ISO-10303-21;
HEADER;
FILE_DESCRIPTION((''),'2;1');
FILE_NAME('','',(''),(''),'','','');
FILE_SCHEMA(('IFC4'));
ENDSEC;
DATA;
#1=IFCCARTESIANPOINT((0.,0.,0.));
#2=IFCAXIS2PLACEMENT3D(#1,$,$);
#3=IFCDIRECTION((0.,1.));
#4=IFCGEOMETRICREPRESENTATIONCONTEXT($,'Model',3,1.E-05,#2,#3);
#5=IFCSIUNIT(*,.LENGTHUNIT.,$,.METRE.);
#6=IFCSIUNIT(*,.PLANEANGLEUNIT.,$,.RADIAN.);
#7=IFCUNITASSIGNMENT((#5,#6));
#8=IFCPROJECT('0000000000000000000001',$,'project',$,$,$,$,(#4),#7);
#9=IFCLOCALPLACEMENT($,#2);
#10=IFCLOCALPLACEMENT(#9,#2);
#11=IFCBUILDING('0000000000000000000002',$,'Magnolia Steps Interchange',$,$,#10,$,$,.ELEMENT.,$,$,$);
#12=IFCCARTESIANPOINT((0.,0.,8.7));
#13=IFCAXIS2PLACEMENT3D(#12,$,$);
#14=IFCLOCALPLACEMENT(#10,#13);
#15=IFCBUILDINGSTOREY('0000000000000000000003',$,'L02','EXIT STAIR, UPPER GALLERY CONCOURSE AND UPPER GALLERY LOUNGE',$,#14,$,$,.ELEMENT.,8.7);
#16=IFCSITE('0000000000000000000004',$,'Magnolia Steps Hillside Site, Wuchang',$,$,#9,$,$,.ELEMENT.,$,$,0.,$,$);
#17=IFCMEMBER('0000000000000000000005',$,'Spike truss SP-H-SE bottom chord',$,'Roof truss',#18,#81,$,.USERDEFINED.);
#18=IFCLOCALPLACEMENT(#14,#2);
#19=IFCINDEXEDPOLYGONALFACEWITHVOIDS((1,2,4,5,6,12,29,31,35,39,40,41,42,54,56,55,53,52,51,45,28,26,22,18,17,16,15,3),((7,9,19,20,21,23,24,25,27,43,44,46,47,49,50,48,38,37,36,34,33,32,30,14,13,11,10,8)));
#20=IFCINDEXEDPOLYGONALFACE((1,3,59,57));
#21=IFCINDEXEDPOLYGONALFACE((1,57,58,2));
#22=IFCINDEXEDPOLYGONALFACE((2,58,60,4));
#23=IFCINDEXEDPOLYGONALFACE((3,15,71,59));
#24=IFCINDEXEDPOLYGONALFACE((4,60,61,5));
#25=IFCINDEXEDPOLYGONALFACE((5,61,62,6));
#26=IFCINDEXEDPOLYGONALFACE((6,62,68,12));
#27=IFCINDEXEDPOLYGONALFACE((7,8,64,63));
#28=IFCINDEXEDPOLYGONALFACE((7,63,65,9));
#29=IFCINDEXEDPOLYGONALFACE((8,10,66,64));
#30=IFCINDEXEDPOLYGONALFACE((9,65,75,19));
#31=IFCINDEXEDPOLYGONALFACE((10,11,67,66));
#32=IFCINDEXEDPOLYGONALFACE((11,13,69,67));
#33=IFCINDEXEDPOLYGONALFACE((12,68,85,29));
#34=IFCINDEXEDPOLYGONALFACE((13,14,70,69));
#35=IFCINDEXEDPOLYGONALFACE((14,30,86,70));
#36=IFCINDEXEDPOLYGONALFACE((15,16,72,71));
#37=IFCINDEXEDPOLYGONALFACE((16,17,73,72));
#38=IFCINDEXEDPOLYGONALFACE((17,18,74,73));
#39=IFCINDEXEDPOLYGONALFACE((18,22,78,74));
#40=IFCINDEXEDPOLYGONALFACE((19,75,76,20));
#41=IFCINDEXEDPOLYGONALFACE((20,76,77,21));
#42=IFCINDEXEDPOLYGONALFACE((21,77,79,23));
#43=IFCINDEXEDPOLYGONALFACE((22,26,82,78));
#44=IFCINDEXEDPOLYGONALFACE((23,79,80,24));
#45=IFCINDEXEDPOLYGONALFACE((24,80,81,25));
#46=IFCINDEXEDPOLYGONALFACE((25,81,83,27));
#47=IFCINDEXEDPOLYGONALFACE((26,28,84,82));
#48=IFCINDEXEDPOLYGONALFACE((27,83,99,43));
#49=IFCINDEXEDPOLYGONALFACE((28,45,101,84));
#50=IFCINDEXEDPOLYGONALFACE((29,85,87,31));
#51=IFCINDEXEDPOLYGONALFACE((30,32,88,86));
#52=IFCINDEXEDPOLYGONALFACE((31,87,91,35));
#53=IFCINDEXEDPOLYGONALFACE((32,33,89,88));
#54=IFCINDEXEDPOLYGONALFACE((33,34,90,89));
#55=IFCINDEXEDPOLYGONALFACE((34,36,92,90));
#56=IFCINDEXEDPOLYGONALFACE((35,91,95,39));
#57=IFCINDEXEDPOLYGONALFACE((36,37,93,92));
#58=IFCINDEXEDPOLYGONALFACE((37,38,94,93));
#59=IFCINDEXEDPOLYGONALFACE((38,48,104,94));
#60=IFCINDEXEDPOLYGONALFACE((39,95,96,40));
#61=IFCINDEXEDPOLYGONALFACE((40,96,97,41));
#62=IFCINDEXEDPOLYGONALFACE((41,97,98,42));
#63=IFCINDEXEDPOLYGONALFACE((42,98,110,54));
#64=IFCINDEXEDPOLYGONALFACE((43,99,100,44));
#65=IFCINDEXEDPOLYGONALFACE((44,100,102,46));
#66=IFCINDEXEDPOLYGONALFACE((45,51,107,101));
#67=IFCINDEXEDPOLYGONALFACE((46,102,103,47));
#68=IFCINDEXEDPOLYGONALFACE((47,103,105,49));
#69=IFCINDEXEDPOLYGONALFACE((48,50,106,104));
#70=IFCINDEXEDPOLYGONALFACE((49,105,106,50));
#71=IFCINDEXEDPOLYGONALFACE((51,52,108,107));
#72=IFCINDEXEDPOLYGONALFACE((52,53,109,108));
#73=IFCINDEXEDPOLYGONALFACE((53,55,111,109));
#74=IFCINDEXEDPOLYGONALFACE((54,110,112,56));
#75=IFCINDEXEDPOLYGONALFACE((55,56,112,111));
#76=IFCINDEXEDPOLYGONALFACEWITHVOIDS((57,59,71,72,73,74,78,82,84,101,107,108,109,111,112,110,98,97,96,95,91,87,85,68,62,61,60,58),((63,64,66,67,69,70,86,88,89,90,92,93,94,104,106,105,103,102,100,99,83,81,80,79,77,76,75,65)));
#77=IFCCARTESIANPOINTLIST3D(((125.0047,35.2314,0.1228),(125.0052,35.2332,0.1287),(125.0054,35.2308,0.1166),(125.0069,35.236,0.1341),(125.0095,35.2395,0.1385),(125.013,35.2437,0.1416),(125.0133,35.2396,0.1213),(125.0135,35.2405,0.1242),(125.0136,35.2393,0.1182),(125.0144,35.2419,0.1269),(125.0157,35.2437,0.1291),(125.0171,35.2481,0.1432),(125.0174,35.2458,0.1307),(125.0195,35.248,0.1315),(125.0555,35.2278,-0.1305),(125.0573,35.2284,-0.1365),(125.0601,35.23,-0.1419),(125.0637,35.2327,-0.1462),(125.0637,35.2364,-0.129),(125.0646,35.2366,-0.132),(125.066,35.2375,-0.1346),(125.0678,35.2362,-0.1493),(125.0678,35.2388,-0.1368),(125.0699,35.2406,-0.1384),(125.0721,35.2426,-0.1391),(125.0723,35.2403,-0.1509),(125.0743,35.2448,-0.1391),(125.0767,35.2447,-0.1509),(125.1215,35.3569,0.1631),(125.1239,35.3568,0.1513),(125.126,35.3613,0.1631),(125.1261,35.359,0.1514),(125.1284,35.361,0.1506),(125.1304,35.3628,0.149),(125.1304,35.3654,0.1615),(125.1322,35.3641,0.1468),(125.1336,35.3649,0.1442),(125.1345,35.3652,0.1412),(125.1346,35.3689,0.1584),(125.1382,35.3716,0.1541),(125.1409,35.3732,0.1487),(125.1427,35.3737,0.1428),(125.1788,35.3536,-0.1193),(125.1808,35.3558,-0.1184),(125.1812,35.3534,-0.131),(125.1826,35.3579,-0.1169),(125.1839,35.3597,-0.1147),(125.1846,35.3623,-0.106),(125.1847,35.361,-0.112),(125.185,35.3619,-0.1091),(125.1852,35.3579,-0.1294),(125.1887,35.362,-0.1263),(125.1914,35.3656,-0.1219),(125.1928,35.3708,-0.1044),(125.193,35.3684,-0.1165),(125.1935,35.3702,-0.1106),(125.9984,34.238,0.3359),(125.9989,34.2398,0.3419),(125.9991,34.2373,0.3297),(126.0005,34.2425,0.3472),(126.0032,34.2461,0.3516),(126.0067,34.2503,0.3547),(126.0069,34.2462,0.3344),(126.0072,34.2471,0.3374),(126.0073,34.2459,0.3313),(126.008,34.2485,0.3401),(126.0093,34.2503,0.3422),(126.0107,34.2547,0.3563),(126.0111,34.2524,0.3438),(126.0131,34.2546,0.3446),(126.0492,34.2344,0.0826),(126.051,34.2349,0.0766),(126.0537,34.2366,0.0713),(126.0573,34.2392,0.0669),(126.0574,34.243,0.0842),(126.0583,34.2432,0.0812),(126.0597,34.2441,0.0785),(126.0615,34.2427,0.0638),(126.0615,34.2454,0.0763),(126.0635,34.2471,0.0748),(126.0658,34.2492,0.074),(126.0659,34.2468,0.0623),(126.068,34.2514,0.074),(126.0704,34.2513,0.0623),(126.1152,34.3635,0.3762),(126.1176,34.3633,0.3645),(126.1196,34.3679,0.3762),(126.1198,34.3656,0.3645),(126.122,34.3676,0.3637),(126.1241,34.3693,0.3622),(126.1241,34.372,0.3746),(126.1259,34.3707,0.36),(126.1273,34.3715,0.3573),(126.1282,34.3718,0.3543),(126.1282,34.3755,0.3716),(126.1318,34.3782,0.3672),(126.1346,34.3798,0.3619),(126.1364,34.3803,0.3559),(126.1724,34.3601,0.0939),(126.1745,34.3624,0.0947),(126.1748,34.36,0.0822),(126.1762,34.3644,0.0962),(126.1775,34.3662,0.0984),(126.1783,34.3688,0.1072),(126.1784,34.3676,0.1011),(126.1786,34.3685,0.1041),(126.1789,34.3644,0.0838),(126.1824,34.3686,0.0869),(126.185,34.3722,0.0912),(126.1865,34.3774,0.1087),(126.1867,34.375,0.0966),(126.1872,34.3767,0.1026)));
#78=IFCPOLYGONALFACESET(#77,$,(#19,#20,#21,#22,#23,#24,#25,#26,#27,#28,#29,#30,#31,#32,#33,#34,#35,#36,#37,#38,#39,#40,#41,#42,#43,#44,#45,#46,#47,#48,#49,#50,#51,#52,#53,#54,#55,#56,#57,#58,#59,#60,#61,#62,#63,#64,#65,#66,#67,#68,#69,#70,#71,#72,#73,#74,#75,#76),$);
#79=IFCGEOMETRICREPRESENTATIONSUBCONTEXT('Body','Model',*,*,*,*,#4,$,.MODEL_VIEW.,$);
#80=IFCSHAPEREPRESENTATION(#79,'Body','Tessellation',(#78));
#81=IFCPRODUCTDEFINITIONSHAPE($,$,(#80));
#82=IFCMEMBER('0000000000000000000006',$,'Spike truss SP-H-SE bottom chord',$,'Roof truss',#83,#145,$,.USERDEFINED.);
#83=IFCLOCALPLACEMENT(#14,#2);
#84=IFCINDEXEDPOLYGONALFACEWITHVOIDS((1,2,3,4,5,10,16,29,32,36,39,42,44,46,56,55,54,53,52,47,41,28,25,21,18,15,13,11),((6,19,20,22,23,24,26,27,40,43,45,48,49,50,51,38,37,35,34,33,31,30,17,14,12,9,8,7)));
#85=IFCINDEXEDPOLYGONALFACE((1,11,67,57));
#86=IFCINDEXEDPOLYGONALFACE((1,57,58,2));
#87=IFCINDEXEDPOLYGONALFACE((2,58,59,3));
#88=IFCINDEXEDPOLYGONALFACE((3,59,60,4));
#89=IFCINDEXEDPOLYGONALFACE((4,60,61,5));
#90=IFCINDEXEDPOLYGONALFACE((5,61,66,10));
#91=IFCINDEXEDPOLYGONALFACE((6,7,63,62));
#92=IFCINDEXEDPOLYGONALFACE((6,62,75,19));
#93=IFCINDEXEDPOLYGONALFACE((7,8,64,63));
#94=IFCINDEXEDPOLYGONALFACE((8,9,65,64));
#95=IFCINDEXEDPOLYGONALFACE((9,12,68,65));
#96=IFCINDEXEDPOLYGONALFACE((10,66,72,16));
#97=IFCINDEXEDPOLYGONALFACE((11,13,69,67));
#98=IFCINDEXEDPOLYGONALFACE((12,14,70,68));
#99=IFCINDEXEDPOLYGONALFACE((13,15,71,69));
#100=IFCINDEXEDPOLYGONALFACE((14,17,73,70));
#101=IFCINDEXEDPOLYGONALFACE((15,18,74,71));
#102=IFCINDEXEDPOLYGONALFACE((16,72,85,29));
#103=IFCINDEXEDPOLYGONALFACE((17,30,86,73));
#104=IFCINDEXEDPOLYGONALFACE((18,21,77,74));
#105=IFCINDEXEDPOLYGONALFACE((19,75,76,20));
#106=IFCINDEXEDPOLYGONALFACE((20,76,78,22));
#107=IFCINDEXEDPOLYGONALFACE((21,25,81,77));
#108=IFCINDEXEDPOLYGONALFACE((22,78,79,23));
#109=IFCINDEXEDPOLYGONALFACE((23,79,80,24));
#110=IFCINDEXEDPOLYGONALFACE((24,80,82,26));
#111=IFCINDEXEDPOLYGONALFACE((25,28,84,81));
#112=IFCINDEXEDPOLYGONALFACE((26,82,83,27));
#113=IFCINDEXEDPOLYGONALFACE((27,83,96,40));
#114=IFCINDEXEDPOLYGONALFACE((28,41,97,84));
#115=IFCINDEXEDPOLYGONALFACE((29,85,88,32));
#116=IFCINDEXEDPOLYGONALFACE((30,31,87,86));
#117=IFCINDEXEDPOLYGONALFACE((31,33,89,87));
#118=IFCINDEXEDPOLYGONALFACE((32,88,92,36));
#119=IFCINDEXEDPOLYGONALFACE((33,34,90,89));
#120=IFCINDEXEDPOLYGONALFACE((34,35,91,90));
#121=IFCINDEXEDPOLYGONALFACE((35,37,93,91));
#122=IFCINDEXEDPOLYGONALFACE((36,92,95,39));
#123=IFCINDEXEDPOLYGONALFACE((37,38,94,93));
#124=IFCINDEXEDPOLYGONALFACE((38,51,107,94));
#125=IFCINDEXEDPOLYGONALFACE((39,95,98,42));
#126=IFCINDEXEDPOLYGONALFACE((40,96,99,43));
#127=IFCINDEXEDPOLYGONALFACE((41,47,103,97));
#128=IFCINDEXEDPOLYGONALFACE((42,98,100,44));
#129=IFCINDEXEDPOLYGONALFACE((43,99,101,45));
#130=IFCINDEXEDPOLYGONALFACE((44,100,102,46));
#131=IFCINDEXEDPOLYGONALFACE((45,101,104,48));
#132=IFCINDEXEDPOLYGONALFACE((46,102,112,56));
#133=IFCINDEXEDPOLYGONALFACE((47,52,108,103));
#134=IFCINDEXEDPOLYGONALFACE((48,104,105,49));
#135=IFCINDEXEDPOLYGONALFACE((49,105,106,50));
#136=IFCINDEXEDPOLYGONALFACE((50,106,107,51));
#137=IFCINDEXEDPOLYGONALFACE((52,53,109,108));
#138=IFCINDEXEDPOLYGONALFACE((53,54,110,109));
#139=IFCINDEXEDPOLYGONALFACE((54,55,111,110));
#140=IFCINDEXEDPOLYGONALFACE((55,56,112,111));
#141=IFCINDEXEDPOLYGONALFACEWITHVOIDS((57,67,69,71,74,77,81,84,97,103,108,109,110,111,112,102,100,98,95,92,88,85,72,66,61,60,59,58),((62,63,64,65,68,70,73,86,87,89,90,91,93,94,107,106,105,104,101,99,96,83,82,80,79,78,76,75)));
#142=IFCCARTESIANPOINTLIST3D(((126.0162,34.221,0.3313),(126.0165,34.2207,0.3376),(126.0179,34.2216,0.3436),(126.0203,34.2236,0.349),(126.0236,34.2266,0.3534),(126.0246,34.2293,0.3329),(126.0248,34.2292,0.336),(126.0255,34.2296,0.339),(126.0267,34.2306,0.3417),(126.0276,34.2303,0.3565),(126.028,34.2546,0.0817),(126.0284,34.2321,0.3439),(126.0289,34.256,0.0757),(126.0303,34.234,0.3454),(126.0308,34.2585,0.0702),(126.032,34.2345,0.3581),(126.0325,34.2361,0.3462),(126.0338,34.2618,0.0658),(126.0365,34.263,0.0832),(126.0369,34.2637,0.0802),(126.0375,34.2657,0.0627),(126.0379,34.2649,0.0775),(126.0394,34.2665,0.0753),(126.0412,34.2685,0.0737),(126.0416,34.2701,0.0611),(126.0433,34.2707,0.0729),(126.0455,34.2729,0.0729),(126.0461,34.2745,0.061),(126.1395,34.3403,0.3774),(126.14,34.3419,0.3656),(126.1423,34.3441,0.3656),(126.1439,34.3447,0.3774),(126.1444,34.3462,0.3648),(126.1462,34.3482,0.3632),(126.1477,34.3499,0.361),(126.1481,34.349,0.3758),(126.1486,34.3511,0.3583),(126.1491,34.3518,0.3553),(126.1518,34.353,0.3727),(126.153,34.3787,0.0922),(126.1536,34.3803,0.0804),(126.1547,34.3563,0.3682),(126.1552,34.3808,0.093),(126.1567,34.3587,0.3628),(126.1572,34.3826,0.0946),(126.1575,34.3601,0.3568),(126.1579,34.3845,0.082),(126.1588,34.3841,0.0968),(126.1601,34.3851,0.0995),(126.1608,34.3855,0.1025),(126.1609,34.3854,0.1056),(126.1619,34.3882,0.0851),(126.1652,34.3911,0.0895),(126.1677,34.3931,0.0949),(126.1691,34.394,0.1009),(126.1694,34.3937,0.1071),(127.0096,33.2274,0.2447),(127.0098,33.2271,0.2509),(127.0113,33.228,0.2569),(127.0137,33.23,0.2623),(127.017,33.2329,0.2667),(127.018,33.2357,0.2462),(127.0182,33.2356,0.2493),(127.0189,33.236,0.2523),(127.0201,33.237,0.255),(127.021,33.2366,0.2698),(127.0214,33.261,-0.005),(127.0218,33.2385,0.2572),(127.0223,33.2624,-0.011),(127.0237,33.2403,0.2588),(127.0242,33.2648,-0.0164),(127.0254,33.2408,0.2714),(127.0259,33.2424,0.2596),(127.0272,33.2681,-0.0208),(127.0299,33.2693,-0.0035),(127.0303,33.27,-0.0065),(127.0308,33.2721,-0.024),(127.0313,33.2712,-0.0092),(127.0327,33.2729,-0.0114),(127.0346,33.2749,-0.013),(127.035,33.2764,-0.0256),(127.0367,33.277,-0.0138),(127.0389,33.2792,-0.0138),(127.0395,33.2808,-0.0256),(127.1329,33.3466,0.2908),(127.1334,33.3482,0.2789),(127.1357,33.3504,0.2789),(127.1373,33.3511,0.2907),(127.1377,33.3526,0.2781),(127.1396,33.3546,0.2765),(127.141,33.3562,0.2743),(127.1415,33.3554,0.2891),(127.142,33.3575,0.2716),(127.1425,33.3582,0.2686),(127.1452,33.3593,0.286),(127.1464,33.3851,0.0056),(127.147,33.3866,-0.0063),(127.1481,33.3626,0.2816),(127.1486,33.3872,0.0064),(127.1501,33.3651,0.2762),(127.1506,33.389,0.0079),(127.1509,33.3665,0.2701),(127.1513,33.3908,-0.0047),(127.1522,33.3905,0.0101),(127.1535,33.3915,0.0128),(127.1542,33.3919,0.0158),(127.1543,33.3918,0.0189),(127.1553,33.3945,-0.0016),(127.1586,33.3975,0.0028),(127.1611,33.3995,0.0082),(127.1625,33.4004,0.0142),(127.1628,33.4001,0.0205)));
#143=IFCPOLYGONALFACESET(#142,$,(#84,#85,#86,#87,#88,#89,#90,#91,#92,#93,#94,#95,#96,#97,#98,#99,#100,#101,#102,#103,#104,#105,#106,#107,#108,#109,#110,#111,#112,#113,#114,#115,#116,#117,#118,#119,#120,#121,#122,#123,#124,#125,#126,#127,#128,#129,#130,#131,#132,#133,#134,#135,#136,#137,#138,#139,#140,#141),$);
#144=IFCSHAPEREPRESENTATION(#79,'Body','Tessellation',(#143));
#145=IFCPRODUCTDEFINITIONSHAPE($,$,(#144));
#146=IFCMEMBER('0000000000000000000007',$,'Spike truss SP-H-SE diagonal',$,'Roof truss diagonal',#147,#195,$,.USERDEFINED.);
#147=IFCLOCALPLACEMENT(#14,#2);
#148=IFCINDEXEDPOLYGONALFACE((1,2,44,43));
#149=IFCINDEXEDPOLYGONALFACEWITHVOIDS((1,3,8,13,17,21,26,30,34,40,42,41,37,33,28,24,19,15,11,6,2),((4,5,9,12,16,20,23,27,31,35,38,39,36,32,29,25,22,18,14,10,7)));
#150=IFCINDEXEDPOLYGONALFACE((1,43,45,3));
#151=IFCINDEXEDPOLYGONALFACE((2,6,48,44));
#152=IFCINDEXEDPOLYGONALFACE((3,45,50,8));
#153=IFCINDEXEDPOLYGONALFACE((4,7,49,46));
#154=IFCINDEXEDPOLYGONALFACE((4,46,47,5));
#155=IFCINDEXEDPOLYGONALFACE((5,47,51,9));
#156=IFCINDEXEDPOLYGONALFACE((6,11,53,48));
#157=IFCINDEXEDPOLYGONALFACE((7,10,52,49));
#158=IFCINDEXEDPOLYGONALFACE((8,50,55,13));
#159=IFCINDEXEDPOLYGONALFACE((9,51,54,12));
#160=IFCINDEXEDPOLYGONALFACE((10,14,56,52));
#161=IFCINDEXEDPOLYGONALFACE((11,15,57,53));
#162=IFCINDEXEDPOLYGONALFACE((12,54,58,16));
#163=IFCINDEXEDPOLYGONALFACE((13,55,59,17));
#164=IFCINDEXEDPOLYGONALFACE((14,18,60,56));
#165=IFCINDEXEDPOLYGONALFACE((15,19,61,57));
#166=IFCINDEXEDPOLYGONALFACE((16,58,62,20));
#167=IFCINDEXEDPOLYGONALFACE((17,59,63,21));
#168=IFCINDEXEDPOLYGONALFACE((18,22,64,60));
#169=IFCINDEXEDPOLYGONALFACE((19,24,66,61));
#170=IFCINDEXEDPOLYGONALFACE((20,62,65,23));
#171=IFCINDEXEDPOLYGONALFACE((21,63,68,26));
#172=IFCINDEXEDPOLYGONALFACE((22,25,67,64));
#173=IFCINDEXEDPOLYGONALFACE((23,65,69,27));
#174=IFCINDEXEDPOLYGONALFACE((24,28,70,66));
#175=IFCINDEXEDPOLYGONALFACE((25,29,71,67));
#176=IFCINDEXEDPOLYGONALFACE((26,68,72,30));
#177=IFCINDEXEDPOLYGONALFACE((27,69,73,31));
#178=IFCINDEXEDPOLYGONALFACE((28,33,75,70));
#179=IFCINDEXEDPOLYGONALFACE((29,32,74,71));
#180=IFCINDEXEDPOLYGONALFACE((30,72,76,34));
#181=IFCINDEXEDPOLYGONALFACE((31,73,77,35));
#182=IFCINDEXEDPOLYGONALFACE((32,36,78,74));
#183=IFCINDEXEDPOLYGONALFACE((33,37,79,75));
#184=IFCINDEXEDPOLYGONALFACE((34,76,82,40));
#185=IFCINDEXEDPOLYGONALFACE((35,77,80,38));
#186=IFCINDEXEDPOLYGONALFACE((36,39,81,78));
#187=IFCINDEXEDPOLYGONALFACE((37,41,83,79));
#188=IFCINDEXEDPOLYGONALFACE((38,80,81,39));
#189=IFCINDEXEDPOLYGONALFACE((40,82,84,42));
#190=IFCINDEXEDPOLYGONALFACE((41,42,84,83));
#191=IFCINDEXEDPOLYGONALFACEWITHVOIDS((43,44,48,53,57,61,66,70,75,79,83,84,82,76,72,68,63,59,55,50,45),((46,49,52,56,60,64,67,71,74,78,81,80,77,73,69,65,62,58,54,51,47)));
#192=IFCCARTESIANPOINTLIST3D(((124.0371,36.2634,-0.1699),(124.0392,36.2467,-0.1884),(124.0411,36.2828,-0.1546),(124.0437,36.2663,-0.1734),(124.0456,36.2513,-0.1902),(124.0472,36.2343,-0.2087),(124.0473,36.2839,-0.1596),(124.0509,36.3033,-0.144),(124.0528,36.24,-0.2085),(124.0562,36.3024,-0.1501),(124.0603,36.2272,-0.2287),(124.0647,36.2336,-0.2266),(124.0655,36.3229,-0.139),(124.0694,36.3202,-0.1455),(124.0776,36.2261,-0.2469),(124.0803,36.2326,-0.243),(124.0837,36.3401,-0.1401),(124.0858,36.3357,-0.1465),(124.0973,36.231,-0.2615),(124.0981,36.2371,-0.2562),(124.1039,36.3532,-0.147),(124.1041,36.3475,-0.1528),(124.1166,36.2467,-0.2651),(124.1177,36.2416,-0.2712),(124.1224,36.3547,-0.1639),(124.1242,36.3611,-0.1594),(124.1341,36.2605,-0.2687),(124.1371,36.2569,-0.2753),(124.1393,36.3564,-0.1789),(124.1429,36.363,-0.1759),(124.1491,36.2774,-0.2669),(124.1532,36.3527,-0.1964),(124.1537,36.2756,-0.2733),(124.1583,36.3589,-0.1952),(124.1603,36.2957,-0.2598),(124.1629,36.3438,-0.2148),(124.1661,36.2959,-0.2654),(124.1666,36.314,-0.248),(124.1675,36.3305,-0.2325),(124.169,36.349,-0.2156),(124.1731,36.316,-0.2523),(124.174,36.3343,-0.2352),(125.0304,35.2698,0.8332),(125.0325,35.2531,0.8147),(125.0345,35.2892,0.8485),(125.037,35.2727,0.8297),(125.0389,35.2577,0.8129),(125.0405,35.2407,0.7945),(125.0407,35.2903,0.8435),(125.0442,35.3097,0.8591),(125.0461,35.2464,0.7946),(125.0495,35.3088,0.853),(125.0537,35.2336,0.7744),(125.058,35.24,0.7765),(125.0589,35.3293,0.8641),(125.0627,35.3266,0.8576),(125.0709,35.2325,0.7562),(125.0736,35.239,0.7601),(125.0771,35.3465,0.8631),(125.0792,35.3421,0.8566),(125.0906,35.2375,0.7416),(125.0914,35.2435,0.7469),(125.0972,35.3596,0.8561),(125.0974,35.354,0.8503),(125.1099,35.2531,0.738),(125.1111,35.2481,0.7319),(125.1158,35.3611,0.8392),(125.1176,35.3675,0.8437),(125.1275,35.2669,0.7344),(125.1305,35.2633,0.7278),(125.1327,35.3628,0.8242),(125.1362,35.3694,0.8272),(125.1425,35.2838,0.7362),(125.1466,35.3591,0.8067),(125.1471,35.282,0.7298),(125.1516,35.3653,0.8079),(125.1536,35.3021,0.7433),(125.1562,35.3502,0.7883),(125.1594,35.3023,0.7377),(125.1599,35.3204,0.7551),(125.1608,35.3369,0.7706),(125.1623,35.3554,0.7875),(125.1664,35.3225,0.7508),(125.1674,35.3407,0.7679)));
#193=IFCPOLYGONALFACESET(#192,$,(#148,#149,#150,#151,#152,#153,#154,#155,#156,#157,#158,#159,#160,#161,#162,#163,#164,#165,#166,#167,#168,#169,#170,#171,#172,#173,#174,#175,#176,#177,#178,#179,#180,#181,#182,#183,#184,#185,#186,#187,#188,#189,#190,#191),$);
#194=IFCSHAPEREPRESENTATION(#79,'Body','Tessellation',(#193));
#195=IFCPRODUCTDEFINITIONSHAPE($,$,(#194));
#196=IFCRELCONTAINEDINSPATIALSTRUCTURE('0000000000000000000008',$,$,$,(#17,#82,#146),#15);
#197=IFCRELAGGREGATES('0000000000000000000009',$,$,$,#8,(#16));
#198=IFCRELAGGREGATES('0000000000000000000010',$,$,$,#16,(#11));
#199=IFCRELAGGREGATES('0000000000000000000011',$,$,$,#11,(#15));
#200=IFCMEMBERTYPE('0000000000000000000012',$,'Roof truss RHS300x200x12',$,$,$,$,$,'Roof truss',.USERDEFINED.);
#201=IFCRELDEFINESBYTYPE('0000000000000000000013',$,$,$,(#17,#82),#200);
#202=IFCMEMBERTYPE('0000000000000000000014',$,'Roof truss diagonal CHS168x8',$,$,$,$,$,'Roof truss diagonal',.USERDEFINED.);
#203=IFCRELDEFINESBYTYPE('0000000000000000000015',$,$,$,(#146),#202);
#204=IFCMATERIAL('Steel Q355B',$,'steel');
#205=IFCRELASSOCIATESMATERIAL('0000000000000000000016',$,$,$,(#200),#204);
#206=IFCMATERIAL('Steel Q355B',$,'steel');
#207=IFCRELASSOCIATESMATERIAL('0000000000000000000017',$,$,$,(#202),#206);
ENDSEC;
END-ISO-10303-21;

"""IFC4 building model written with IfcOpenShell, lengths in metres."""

from ifc_helpers import new_model, si_unit, direction, frame, origin, origin_2d, place, context, subcontext, project, spatial, hollow_rectangle, hollow_circle, extrude, material, material_profile, profile_set, type_object, element, save


model = new_model("IFC4")

# Units and contexts
model_context = context("Model", 3, precision=1e-05, world=origin(), true_north=direction((0.0, 1.0)))
body_context = subcontext(model_context, "Body", "Model", "MODEL_VIEW")
ifc_project = project(units=[si_unit("LENGTHUNIT", "METRE"), si_unit("PLANEANGLEUNIT", "RADIAN")], contexts=[model_context])

# Site, building, storey
site_placement = place(None, origin())
site = spatial("IfcSite", under=ifc_project, at=site_placement, Name="Magnolia Steps Hillside Site, Wuchang", CompositionType="ELEMENT", RefElevation=0.0)
building_placement = place(site_placement, origin())
building = spatial("IfcBuilding", under=site, at=building_placement, Name="Magnolia Steps Interchange", CompositionType="ELEMENT")
storey_placement = place(building_placement, frame((0.0, 0.0, 8.7)))
storey = spatial("IfcBuildingStorey", under=building, at=storey_placement, Name="L02", Description="EXIT STAIR, UPPER GALLERY CONCOURSE AND UPPER GALLERY LOUNGE", CompositionType="ELEMENT", Elevation=8.7)

# Members
ifc_material_1 = material(Name="Steel Q355B", Category="steel")
ifc_material_profile_1 = material_profile(ifc_material_1, hollow_rectangle(XDim=0.2, YDim=0.3, WallThickness=0.012, InnerFilletRadius=0.012, OuterFilletRadius=0.0239, at=origin_2d()), Name="RHS300x200x12")
ifc_profile_set_1 = profile_set([ifc_material_profile_1], Name="Steel Q355B")
member_type_1 = type_object("IfcMemberType", Name="Roof truss RHS300x200x12", ElementType="Roof truss", PredefinedType="USERDEFINED", material=ifc_profile_set_1)
member_1_placement = place(storey_placement, frame((125.0991, 35.3008, 0.0061), z_axis=(0.699195, -0.699023, 0.149975), x_axis=(0.686778, 0.715005, 0.130781)))
element("IfcMember", 1, at=member_1_placement, inside=storey, type_object=member_type_1, Name="Spike truss SP-H-SE bottom chord", ObjectType="Roof truss", PredefinedType="USERDEFINED", context=body_context, shape_type="SweptSolid", body=[
    extrude(hollow_rectangle(XDim=0.2, YDim=0.3, WallThickness=0.012, InnerFilletRadius=0.012, OuterFilletRadius=0.0239, at=origin_2d()), origin(), (0.0, 0.0, 1.0), 1.4211),
])
member_2_placement = place(storey_placement, frame((126.0928, 34.3074, 0.2192), z_axis=(0.705679, -0.705852, -0.061567), x_axis=(0.706971, 0.695696, 0.127277)))
element("IfcMember", 2, at=member_2_placement, inside=storey, type_object=member_type_1, Name="Spike truss SP-H-SE bottom chord", ObjectType="Roof truss", PredefinedType="USERDEFINED", context=body_context, shape_type="SweptSolid", body=[
    extrude(hollow_rectangle(XDim=0.2, YDim=0.3, WallThickness=0.012, InnerFilletRadius=0.012, OuterFilletRadius=0.0239, at=origin_2d()), origin(), (0.0, 0.0, 1.0), 1.4077),
])
ifc_material_2 = material(Name="Steel Q355B", Category="steel")
ifc_material_profile_2 = material_profile(ifc_material_2, hollow_circle(Radius=0.084, WallThickness=0.0081, at=origin_2d()), Name="CHS168x8")
ifc_profile_set_2 = profile_set([ifc_material_profile_2], Name="Steel Q355B")
member_type_2 = type_object("IfcMemberType", Name="Roof truss diagonal CHS168x8", ElementType="Roof truss diagonal", PredefinedType="USERDEFINED", material=ifc_profile_set_2)
member_3_placement = place(storey_placement, frame((124.1057, 36.2944, -0.207), z_axis=(0.575412, -0.575553, 0.581068), x_axis=(0.625734, 0.767301, 0.140375)))
element("IfcMember", 3, at=member_3_placement, inside=storey, type_object=member_type_2, Name="Spike truss SP-H-SE diagonal", ObjectType="Roof truss diagonal", PredefinedType="USERDEFINED", context=body_context, shape_type="SweptSolid", body=[
    extrude(hollow_circle(Radius=0.084, WallThickness=0.0081, at=origin_2d()), origin(), (0.0, 0.0, 1.0), 1.7263),
])

save(model, "model.ifc")
